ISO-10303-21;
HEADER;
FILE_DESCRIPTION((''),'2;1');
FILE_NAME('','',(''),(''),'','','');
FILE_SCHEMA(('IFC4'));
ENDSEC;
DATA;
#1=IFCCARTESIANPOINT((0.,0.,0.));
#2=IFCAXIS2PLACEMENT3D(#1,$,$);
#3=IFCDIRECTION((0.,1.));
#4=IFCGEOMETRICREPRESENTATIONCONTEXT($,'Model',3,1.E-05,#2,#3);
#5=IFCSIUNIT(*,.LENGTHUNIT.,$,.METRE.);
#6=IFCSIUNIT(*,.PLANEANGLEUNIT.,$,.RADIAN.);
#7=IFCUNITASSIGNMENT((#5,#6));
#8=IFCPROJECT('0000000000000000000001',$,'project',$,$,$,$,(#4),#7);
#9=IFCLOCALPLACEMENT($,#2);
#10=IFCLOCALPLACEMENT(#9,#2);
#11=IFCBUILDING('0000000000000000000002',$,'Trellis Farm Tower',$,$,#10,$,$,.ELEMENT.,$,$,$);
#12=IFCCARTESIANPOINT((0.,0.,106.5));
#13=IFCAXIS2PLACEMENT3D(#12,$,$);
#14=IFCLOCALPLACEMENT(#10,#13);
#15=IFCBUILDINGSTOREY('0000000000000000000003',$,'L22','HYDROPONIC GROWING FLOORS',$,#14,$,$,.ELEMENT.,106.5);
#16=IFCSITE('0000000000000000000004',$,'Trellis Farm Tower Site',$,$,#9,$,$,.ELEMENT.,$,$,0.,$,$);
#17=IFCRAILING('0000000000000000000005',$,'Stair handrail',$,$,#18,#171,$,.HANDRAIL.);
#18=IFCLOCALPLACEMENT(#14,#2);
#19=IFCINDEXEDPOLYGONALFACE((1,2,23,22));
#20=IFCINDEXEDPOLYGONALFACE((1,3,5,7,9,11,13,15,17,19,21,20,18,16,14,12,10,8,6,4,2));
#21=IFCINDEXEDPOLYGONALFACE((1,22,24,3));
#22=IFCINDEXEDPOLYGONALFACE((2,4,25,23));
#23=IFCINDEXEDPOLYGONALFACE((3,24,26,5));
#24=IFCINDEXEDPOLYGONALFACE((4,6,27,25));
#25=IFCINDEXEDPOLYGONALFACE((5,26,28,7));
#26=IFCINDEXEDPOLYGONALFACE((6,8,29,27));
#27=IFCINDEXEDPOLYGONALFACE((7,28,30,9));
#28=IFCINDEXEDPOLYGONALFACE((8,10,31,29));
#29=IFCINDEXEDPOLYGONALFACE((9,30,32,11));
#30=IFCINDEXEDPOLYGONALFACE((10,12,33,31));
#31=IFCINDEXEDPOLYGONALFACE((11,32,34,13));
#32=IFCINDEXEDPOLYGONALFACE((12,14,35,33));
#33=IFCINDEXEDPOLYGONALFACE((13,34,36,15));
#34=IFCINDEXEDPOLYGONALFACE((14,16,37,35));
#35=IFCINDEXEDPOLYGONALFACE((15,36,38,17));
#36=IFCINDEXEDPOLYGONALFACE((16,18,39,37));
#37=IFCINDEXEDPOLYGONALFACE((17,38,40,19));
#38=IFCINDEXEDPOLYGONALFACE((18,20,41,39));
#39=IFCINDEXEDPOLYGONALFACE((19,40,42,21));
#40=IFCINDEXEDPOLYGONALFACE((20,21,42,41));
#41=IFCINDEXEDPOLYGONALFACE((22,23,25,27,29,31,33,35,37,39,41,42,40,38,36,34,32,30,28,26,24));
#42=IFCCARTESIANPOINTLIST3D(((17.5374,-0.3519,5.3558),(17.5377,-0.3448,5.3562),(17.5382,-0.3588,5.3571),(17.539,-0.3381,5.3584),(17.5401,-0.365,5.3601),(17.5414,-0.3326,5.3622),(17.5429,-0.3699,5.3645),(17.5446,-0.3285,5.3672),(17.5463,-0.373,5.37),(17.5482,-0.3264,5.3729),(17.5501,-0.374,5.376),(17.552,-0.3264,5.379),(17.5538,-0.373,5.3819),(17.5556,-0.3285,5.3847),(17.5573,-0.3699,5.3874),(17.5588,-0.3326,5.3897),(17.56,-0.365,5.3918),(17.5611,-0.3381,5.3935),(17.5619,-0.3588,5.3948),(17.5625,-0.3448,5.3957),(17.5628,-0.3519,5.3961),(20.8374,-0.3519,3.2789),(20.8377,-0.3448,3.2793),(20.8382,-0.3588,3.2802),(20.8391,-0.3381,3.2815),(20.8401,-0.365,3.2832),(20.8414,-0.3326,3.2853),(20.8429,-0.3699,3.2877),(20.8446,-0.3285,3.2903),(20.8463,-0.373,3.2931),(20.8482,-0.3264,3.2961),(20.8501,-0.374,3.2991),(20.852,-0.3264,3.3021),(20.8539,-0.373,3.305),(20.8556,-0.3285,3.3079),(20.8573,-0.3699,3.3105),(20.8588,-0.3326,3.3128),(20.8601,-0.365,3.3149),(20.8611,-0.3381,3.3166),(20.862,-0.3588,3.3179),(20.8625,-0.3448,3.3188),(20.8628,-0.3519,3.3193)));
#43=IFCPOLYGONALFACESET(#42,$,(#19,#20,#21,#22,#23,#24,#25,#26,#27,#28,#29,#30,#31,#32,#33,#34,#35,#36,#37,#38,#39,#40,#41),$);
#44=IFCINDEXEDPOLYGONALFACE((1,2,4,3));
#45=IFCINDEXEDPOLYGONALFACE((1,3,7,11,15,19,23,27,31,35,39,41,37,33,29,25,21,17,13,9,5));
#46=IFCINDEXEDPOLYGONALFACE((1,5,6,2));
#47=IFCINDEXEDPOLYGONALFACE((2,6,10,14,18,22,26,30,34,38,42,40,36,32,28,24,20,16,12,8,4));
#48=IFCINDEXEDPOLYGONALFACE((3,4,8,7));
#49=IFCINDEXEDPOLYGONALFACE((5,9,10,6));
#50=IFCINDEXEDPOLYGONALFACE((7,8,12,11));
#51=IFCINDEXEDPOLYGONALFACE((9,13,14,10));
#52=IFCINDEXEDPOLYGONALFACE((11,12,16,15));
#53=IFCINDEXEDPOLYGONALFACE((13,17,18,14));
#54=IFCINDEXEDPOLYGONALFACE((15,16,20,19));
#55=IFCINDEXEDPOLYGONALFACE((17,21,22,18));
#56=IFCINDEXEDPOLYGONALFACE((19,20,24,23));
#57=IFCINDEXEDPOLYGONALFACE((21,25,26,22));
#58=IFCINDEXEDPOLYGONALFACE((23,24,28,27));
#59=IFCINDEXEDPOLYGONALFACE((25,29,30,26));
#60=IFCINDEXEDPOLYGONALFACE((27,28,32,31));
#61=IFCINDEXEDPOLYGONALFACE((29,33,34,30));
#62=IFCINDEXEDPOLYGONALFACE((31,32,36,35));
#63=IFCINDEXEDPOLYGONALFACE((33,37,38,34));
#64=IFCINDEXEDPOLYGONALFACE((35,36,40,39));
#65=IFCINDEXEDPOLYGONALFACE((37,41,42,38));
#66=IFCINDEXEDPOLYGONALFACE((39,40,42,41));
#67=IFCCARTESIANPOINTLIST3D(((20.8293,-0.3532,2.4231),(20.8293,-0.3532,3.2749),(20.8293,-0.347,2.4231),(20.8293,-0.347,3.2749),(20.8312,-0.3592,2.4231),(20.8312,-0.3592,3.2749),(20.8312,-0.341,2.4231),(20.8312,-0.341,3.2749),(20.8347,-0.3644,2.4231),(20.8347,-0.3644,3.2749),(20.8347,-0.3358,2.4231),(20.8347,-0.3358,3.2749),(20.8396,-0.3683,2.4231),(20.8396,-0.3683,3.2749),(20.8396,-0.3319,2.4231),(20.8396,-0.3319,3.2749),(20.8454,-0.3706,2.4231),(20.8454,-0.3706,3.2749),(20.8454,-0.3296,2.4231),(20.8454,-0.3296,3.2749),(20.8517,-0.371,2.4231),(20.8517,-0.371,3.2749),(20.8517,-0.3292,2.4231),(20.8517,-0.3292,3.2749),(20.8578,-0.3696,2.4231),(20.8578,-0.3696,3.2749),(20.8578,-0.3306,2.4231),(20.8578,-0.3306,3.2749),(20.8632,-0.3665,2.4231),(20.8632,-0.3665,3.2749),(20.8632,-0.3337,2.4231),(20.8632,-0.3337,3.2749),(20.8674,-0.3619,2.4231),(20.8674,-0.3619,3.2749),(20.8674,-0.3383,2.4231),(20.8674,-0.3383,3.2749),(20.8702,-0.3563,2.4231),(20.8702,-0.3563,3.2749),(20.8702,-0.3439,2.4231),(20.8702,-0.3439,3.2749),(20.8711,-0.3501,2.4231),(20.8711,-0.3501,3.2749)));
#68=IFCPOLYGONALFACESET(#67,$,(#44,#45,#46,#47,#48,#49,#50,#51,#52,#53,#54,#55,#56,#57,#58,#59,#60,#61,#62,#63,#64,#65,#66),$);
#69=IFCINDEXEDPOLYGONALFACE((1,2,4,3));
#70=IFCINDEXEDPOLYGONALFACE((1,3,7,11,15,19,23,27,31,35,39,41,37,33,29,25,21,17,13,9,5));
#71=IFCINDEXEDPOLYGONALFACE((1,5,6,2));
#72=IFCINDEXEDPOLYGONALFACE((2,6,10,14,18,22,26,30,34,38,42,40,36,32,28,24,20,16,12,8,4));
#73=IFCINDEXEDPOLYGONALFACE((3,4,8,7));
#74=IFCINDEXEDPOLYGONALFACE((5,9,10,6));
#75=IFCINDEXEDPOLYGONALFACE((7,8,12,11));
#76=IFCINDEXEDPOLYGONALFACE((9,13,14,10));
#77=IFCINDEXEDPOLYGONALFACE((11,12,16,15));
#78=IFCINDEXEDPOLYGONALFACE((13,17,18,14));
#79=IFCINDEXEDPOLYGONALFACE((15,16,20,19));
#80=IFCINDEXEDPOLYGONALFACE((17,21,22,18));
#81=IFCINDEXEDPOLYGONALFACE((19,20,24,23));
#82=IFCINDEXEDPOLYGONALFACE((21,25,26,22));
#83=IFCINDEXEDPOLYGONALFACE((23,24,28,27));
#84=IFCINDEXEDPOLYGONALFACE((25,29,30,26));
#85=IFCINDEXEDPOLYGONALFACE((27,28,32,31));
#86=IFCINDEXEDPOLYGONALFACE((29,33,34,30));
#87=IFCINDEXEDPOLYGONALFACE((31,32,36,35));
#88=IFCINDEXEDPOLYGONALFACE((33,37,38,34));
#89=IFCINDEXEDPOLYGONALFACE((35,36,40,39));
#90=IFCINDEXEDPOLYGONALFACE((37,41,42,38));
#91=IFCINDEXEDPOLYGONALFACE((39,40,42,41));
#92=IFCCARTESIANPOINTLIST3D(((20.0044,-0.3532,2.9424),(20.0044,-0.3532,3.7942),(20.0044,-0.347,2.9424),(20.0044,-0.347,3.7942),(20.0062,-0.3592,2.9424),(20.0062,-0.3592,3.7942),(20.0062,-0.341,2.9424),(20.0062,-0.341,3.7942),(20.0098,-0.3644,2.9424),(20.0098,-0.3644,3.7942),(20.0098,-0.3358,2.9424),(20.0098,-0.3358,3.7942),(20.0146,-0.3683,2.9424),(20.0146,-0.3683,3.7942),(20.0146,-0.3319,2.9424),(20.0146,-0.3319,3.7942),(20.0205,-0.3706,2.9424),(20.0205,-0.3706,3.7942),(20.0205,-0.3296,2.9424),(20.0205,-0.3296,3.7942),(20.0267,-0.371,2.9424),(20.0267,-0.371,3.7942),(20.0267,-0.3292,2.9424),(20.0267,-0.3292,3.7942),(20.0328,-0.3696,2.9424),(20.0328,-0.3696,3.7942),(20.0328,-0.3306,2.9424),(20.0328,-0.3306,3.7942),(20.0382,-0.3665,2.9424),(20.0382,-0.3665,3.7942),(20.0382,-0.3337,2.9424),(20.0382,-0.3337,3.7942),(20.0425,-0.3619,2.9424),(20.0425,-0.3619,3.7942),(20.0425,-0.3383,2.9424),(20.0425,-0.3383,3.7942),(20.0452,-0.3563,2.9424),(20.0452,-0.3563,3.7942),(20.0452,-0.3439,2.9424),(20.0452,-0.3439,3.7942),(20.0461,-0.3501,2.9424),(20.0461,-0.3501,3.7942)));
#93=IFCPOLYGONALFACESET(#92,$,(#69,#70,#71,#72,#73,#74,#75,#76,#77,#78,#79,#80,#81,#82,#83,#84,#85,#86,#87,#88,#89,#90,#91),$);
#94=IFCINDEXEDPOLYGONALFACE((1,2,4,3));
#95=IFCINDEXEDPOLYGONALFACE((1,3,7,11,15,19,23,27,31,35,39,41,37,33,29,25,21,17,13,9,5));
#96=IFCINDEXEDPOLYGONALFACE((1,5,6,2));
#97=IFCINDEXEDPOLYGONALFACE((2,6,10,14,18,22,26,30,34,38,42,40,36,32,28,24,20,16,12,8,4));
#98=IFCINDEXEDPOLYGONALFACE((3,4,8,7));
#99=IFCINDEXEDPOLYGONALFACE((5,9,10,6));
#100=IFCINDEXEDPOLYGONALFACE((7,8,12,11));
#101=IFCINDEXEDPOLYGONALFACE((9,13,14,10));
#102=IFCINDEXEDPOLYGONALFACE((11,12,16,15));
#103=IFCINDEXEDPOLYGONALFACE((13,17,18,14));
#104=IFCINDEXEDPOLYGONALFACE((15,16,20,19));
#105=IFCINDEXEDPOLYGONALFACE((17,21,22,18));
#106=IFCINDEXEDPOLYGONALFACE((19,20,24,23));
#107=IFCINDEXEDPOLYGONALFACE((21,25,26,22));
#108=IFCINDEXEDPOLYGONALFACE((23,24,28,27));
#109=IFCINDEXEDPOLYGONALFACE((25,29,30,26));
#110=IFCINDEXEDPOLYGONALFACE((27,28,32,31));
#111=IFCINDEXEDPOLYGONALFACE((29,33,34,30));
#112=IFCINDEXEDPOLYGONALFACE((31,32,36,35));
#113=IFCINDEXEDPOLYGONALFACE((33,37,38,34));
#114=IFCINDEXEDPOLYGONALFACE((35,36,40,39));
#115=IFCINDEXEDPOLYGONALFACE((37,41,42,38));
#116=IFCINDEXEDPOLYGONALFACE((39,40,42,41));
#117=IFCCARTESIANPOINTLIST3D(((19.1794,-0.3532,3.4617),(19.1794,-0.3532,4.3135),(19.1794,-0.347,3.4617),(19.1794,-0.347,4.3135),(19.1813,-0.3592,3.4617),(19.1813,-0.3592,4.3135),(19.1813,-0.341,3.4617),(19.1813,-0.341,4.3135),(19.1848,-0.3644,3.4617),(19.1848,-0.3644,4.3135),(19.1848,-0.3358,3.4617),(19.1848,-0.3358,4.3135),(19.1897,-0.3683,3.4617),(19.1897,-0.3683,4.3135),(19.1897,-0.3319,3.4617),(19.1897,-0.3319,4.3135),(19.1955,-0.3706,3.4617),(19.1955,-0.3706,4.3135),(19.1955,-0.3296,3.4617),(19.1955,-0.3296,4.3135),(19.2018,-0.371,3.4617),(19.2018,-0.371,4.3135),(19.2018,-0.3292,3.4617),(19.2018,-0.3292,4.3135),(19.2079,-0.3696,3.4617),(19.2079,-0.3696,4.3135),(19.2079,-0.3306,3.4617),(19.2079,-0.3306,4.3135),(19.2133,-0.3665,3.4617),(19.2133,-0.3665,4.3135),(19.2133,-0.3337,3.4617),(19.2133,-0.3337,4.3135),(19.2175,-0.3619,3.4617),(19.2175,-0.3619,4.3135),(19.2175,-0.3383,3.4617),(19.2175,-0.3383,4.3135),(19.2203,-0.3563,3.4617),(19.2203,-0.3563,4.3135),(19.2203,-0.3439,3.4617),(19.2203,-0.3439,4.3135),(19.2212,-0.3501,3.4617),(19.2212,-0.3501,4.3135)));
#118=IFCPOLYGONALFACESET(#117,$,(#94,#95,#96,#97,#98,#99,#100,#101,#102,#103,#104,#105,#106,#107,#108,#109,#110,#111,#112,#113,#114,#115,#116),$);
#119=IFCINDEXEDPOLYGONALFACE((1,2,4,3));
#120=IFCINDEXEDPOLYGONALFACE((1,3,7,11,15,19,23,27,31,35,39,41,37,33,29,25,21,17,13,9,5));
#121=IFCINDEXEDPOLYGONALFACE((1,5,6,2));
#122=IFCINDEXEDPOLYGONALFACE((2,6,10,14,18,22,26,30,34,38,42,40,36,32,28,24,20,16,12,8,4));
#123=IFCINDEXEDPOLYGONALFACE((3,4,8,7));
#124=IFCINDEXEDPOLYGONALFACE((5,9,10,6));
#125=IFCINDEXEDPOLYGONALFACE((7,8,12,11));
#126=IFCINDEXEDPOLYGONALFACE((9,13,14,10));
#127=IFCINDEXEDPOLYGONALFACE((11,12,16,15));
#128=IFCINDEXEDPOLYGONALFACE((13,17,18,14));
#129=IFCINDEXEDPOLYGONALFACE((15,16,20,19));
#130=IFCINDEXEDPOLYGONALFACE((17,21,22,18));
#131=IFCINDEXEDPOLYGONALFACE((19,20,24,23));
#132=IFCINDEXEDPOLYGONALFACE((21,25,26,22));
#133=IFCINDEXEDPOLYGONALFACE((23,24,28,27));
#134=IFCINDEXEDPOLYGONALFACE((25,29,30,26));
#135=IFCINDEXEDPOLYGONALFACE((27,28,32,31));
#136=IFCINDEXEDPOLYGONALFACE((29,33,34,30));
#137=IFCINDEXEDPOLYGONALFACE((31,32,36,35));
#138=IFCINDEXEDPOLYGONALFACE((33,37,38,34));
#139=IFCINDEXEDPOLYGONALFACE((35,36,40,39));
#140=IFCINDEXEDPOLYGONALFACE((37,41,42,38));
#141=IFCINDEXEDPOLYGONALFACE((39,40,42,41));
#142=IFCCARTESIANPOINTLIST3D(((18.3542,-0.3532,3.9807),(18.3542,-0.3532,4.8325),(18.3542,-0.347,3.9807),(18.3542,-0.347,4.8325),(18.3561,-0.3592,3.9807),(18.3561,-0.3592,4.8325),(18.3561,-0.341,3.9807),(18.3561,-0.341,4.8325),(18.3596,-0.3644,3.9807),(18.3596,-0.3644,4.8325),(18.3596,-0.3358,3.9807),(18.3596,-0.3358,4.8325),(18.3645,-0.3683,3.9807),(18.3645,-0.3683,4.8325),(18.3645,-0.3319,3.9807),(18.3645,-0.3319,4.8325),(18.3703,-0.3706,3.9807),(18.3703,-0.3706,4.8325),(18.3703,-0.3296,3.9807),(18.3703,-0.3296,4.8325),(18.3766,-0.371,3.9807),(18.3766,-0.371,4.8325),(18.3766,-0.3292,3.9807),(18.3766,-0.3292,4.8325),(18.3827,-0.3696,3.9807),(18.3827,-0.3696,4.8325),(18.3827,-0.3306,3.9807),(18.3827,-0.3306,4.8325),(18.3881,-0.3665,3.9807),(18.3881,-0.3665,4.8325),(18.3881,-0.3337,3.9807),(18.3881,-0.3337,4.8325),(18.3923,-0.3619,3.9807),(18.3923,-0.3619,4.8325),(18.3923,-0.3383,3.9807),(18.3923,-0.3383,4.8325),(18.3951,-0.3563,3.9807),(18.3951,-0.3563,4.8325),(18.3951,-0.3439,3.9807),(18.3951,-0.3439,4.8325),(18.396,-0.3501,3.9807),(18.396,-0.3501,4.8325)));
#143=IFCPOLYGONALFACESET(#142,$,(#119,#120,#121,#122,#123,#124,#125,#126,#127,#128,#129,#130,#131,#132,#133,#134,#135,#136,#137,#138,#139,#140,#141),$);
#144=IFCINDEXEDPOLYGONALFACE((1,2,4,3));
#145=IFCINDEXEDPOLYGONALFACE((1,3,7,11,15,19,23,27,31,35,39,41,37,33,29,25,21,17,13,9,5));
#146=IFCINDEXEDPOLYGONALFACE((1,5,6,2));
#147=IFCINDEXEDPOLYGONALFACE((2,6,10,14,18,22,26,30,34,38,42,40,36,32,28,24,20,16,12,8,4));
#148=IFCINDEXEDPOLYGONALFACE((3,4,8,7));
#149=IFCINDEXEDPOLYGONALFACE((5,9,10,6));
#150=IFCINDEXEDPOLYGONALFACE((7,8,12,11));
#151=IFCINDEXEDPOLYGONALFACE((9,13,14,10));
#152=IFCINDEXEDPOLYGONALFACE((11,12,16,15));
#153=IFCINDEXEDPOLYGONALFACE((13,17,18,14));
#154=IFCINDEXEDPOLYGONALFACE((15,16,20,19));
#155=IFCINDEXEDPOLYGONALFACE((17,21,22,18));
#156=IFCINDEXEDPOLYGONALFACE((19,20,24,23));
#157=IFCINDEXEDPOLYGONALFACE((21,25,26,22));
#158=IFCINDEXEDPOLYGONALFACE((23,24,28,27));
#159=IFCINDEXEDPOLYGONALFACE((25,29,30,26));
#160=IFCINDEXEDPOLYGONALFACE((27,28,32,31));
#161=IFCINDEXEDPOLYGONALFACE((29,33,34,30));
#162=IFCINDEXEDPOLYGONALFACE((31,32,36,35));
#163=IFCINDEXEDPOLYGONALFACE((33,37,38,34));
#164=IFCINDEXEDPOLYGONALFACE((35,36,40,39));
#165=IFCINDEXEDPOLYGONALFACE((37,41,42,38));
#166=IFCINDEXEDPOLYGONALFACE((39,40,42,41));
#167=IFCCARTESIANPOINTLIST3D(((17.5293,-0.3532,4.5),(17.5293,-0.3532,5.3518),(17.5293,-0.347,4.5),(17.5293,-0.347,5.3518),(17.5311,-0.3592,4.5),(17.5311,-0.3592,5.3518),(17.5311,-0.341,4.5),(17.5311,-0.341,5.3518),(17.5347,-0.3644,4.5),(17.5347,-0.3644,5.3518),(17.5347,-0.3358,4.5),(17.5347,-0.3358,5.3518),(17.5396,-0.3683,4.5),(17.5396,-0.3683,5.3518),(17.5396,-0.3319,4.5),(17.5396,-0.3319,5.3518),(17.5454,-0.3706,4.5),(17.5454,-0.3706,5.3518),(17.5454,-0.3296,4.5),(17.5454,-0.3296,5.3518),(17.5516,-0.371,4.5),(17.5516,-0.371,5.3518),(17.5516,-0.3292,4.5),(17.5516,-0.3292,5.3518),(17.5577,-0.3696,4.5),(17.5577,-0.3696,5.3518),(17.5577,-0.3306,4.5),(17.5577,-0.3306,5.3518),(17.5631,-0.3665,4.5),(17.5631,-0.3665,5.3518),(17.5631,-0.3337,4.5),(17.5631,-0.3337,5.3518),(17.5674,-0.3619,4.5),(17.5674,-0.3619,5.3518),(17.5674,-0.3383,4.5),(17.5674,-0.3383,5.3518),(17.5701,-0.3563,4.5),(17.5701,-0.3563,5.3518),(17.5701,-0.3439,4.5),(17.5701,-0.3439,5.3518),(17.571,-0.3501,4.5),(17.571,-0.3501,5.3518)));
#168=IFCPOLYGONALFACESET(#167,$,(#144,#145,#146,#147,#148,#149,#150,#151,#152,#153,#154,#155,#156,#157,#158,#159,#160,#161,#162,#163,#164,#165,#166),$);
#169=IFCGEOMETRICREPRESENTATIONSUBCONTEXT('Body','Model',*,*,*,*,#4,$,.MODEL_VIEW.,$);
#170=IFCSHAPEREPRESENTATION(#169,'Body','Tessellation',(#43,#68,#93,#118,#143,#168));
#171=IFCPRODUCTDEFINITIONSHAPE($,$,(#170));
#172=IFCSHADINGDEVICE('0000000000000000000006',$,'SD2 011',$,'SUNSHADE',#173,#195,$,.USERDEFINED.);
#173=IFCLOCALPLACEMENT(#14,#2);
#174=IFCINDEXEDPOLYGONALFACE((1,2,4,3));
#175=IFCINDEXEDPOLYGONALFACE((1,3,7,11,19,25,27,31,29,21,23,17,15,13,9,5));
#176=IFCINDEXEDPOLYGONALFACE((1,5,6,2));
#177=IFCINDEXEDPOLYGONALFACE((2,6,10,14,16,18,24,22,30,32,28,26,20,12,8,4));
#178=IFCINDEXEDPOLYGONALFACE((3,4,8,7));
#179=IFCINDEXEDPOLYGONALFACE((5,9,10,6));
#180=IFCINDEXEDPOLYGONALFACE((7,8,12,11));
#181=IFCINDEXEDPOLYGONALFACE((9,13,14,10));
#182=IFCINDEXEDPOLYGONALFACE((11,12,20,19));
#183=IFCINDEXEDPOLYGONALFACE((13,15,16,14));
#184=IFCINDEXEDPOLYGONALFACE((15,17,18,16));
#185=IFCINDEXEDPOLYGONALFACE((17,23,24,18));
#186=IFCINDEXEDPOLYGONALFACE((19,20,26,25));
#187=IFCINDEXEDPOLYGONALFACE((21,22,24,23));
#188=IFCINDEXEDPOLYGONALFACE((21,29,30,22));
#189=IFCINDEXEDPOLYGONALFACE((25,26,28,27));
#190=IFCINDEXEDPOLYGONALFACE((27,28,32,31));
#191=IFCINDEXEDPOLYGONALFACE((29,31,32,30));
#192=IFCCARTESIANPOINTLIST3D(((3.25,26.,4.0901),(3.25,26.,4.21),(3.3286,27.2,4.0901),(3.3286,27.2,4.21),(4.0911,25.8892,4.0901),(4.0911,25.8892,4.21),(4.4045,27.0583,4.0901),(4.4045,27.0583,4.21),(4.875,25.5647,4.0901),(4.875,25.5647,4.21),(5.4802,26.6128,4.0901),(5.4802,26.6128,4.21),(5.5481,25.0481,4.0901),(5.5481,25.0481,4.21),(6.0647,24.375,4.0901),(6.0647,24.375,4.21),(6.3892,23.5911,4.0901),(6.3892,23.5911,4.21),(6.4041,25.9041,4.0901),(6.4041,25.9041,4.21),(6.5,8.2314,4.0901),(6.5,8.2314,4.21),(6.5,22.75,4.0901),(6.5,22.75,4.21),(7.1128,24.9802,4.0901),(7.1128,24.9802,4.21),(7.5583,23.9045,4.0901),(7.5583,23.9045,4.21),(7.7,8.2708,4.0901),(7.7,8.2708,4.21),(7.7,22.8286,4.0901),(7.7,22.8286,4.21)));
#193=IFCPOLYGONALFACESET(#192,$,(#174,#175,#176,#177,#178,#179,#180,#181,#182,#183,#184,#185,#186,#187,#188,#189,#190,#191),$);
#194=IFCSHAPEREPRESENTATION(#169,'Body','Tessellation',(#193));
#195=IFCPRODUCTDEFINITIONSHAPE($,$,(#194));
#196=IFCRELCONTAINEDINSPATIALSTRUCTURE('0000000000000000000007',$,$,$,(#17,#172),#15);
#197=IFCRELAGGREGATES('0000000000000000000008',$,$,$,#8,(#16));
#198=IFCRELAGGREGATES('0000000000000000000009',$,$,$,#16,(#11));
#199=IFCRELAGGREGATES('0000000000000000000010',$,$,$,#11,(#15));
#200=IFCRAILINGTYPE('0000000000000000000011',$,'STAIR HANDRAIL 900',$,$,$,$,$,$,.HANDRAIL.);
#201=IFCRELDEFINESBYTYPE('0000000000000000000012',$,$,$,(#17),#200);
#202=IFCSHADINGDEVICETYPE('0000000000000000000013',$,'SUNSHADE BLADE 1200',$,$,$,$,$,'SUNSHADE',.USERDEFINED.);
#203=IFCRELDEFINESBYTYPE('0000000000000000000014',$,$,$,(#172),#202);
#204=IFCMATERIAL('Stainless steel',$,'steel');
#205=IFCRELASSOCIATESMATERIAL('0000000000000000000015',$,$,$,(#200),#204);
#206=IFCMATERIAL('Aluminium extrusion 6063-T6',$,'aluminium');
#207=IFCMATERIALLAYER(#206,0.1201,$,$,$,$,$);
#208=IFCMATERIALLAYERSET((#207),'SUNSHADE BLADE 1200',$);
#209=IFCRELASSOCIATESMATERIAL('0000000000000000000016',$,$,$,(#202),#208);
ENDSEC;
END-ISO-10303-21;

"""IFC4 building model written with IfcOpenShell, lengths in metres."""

from ifc_helpers import new_model, si_unit, direction, frame, origin, origin_2d, place, context, subcontext, project, spatial, polyline, circle, outline, extrude, source, transform, mapped, material, layer, layer_set, type_object, element, save


model = new_model("IFC4")

# Units and contexts
model_context = context("Model", 3, precision=1e-05, world=origin(), true_north=direction((0.0, 1.0)))
body_context = subcontext(model_context, "Body", "Model", "MODEL_VIEW")
ifc_project = project(units=[si_unit("LENGTHUNIT", "METRE"), si_unit("PLANEANGLEUNIT", "RADIAN")], contexts=[model_context])

# Site, building, storey
site_placement = place(None, origin())
site = spatial("IfcSite", under=ifc_project, at=site_placement, Name="Trellis Farm Tower Site", CompositionType="ELEMENT", RefElevation=0.0)
building_placement = place(site_placement, origin())
building = spatial("IfcBuilding", under=site, at=building_placement, Name="Trellis Farm Tower", CompositionType="ELEMENT")
storey_placement = place(building_placement, frame((0.0, 0.0, 106.5)))
storey = spatial("IfcBuildingStorey", under=building, at=storey_placement, Name="L22", Description="HYDROPONIC GROWING FLOORS", CompositionType="ELEMENT", Elevation=106.5)

# Shared definitions
ifc_material_1 = material(Name="Aluminium extrusion 6063-T6", Category="aluminium")

# Shared definitions
ifc_material_2 = material(Name="Stainless steel", Category="steel")

# Railing
railing_type = type_object("IfcRailingType", Name="STAIR HANDRAIL 900", PredefinedType="HANDRAIL", material=ifc_material_2)
shared_shape_1 = source(origin(), body_context, "Body", "SweptSolid", [
    extrude(circle(Radius=0.0239, at=origin_2d()), frame((0.0, 0.0, 0.876), z_axis=(-0.846337, 0.0, 0.532647), x_axis=(0.0, -1.0, 0.0)), (0.0, 0.0, 1.0), 3.8992),
    extrude(circle(Radius=0.021, at=origin_2d()), origin(), (0.0, 0.0, 1.0), 0.8518),
    extrude(circle(Radius=0.021, at=origin_2d()), frame((-0.825, 0.0, 0.5193)), (0.0, 0.0, 1.0), 0.8518),
    extrude(circle(Radius=0.021, at=origin_2d()), frame((-1.6499, 0.0, 1.0386)), (0.0, 0.0, 1.0), 0.8518),
    extrude(circle(Radius=0.021, at=origin_2d()), frame((-2.4751, 0.0, 1.5576)), (0.0, 0.0, 1.0), 0.8518),
    extrude(circle(Radius=0.021, at=origin_2d()), frame((-3.3, 0.0, 2.0769)), (0.0, 0.0, 1.0), 0.8518),
])
for number, where, name in (
    (1, (20.8501, -0.3501, 2.4231), "Stair handrail"),
):
    element("IfcRailing", number, at=place(storey_placement, frame(where)), inside=storey, type_object=railing_type, Name=name, PredefinedType="HANDRAIL", context=body_context, shape_type="MappedRepresentation", body=[
        mapped(shared_shape_1, transform((0.0, 0.0, 0.0))),
    ])

# Shading device
ifc_layer_1 = layer(ifc_material_1, 0.1201)
ifc_layer_set_1 = layer_set([ifc_layer_1], Name="SUNSHADE BLADE 1200")
shading_device_type = type_object("IfcShadingDeviceType", Name="SUNSHADE BLADE 1200", ElementType="SUNSHADE", PredefinedType="USERDEFINED", material=ifc_layer_set_1)
shared_shape_2 = source(origin(), body_context, "Body", "SweptSolid", [
    extrude(outline(polyline([(7.7, 8.2708), (7.7, 22.8286), (7.5583, 23.9045), (7.1128, 24.9802), (6.4041, 25.9041), (5.4802, 26.6128), (4.4045, 27.0583), (3.3286, 27.2), (3.25, 26.0), (4.0911, 25.8892), (4.875, 25.5647), (5.5481, 25.0481), (6.0647, 24.375), (6.3892, 23.5911), (6.5, 22.75), (6.5, 8.2314), (7.7, 8.2708)])), origin(), (0.0, 0.0, 1.0), 0.1199),
])
shading_device_placement = place(storey_placement, frame((0.0, 0.0, 4.0901)))
element("IfcShadingDevice", 2, at=shading_device_placement, inside=storey, type_object=shading_device_type, Name="SD2 011", ObjectType="SUNSHADE", PredefinedType="USERDEFINED", context=body_context, shape_type="MappedRepresentation", body=[
    mapped(shared_shape_2, transform((0.0, 0.0, 0.0))),
])

save(model, "model.ifc")
